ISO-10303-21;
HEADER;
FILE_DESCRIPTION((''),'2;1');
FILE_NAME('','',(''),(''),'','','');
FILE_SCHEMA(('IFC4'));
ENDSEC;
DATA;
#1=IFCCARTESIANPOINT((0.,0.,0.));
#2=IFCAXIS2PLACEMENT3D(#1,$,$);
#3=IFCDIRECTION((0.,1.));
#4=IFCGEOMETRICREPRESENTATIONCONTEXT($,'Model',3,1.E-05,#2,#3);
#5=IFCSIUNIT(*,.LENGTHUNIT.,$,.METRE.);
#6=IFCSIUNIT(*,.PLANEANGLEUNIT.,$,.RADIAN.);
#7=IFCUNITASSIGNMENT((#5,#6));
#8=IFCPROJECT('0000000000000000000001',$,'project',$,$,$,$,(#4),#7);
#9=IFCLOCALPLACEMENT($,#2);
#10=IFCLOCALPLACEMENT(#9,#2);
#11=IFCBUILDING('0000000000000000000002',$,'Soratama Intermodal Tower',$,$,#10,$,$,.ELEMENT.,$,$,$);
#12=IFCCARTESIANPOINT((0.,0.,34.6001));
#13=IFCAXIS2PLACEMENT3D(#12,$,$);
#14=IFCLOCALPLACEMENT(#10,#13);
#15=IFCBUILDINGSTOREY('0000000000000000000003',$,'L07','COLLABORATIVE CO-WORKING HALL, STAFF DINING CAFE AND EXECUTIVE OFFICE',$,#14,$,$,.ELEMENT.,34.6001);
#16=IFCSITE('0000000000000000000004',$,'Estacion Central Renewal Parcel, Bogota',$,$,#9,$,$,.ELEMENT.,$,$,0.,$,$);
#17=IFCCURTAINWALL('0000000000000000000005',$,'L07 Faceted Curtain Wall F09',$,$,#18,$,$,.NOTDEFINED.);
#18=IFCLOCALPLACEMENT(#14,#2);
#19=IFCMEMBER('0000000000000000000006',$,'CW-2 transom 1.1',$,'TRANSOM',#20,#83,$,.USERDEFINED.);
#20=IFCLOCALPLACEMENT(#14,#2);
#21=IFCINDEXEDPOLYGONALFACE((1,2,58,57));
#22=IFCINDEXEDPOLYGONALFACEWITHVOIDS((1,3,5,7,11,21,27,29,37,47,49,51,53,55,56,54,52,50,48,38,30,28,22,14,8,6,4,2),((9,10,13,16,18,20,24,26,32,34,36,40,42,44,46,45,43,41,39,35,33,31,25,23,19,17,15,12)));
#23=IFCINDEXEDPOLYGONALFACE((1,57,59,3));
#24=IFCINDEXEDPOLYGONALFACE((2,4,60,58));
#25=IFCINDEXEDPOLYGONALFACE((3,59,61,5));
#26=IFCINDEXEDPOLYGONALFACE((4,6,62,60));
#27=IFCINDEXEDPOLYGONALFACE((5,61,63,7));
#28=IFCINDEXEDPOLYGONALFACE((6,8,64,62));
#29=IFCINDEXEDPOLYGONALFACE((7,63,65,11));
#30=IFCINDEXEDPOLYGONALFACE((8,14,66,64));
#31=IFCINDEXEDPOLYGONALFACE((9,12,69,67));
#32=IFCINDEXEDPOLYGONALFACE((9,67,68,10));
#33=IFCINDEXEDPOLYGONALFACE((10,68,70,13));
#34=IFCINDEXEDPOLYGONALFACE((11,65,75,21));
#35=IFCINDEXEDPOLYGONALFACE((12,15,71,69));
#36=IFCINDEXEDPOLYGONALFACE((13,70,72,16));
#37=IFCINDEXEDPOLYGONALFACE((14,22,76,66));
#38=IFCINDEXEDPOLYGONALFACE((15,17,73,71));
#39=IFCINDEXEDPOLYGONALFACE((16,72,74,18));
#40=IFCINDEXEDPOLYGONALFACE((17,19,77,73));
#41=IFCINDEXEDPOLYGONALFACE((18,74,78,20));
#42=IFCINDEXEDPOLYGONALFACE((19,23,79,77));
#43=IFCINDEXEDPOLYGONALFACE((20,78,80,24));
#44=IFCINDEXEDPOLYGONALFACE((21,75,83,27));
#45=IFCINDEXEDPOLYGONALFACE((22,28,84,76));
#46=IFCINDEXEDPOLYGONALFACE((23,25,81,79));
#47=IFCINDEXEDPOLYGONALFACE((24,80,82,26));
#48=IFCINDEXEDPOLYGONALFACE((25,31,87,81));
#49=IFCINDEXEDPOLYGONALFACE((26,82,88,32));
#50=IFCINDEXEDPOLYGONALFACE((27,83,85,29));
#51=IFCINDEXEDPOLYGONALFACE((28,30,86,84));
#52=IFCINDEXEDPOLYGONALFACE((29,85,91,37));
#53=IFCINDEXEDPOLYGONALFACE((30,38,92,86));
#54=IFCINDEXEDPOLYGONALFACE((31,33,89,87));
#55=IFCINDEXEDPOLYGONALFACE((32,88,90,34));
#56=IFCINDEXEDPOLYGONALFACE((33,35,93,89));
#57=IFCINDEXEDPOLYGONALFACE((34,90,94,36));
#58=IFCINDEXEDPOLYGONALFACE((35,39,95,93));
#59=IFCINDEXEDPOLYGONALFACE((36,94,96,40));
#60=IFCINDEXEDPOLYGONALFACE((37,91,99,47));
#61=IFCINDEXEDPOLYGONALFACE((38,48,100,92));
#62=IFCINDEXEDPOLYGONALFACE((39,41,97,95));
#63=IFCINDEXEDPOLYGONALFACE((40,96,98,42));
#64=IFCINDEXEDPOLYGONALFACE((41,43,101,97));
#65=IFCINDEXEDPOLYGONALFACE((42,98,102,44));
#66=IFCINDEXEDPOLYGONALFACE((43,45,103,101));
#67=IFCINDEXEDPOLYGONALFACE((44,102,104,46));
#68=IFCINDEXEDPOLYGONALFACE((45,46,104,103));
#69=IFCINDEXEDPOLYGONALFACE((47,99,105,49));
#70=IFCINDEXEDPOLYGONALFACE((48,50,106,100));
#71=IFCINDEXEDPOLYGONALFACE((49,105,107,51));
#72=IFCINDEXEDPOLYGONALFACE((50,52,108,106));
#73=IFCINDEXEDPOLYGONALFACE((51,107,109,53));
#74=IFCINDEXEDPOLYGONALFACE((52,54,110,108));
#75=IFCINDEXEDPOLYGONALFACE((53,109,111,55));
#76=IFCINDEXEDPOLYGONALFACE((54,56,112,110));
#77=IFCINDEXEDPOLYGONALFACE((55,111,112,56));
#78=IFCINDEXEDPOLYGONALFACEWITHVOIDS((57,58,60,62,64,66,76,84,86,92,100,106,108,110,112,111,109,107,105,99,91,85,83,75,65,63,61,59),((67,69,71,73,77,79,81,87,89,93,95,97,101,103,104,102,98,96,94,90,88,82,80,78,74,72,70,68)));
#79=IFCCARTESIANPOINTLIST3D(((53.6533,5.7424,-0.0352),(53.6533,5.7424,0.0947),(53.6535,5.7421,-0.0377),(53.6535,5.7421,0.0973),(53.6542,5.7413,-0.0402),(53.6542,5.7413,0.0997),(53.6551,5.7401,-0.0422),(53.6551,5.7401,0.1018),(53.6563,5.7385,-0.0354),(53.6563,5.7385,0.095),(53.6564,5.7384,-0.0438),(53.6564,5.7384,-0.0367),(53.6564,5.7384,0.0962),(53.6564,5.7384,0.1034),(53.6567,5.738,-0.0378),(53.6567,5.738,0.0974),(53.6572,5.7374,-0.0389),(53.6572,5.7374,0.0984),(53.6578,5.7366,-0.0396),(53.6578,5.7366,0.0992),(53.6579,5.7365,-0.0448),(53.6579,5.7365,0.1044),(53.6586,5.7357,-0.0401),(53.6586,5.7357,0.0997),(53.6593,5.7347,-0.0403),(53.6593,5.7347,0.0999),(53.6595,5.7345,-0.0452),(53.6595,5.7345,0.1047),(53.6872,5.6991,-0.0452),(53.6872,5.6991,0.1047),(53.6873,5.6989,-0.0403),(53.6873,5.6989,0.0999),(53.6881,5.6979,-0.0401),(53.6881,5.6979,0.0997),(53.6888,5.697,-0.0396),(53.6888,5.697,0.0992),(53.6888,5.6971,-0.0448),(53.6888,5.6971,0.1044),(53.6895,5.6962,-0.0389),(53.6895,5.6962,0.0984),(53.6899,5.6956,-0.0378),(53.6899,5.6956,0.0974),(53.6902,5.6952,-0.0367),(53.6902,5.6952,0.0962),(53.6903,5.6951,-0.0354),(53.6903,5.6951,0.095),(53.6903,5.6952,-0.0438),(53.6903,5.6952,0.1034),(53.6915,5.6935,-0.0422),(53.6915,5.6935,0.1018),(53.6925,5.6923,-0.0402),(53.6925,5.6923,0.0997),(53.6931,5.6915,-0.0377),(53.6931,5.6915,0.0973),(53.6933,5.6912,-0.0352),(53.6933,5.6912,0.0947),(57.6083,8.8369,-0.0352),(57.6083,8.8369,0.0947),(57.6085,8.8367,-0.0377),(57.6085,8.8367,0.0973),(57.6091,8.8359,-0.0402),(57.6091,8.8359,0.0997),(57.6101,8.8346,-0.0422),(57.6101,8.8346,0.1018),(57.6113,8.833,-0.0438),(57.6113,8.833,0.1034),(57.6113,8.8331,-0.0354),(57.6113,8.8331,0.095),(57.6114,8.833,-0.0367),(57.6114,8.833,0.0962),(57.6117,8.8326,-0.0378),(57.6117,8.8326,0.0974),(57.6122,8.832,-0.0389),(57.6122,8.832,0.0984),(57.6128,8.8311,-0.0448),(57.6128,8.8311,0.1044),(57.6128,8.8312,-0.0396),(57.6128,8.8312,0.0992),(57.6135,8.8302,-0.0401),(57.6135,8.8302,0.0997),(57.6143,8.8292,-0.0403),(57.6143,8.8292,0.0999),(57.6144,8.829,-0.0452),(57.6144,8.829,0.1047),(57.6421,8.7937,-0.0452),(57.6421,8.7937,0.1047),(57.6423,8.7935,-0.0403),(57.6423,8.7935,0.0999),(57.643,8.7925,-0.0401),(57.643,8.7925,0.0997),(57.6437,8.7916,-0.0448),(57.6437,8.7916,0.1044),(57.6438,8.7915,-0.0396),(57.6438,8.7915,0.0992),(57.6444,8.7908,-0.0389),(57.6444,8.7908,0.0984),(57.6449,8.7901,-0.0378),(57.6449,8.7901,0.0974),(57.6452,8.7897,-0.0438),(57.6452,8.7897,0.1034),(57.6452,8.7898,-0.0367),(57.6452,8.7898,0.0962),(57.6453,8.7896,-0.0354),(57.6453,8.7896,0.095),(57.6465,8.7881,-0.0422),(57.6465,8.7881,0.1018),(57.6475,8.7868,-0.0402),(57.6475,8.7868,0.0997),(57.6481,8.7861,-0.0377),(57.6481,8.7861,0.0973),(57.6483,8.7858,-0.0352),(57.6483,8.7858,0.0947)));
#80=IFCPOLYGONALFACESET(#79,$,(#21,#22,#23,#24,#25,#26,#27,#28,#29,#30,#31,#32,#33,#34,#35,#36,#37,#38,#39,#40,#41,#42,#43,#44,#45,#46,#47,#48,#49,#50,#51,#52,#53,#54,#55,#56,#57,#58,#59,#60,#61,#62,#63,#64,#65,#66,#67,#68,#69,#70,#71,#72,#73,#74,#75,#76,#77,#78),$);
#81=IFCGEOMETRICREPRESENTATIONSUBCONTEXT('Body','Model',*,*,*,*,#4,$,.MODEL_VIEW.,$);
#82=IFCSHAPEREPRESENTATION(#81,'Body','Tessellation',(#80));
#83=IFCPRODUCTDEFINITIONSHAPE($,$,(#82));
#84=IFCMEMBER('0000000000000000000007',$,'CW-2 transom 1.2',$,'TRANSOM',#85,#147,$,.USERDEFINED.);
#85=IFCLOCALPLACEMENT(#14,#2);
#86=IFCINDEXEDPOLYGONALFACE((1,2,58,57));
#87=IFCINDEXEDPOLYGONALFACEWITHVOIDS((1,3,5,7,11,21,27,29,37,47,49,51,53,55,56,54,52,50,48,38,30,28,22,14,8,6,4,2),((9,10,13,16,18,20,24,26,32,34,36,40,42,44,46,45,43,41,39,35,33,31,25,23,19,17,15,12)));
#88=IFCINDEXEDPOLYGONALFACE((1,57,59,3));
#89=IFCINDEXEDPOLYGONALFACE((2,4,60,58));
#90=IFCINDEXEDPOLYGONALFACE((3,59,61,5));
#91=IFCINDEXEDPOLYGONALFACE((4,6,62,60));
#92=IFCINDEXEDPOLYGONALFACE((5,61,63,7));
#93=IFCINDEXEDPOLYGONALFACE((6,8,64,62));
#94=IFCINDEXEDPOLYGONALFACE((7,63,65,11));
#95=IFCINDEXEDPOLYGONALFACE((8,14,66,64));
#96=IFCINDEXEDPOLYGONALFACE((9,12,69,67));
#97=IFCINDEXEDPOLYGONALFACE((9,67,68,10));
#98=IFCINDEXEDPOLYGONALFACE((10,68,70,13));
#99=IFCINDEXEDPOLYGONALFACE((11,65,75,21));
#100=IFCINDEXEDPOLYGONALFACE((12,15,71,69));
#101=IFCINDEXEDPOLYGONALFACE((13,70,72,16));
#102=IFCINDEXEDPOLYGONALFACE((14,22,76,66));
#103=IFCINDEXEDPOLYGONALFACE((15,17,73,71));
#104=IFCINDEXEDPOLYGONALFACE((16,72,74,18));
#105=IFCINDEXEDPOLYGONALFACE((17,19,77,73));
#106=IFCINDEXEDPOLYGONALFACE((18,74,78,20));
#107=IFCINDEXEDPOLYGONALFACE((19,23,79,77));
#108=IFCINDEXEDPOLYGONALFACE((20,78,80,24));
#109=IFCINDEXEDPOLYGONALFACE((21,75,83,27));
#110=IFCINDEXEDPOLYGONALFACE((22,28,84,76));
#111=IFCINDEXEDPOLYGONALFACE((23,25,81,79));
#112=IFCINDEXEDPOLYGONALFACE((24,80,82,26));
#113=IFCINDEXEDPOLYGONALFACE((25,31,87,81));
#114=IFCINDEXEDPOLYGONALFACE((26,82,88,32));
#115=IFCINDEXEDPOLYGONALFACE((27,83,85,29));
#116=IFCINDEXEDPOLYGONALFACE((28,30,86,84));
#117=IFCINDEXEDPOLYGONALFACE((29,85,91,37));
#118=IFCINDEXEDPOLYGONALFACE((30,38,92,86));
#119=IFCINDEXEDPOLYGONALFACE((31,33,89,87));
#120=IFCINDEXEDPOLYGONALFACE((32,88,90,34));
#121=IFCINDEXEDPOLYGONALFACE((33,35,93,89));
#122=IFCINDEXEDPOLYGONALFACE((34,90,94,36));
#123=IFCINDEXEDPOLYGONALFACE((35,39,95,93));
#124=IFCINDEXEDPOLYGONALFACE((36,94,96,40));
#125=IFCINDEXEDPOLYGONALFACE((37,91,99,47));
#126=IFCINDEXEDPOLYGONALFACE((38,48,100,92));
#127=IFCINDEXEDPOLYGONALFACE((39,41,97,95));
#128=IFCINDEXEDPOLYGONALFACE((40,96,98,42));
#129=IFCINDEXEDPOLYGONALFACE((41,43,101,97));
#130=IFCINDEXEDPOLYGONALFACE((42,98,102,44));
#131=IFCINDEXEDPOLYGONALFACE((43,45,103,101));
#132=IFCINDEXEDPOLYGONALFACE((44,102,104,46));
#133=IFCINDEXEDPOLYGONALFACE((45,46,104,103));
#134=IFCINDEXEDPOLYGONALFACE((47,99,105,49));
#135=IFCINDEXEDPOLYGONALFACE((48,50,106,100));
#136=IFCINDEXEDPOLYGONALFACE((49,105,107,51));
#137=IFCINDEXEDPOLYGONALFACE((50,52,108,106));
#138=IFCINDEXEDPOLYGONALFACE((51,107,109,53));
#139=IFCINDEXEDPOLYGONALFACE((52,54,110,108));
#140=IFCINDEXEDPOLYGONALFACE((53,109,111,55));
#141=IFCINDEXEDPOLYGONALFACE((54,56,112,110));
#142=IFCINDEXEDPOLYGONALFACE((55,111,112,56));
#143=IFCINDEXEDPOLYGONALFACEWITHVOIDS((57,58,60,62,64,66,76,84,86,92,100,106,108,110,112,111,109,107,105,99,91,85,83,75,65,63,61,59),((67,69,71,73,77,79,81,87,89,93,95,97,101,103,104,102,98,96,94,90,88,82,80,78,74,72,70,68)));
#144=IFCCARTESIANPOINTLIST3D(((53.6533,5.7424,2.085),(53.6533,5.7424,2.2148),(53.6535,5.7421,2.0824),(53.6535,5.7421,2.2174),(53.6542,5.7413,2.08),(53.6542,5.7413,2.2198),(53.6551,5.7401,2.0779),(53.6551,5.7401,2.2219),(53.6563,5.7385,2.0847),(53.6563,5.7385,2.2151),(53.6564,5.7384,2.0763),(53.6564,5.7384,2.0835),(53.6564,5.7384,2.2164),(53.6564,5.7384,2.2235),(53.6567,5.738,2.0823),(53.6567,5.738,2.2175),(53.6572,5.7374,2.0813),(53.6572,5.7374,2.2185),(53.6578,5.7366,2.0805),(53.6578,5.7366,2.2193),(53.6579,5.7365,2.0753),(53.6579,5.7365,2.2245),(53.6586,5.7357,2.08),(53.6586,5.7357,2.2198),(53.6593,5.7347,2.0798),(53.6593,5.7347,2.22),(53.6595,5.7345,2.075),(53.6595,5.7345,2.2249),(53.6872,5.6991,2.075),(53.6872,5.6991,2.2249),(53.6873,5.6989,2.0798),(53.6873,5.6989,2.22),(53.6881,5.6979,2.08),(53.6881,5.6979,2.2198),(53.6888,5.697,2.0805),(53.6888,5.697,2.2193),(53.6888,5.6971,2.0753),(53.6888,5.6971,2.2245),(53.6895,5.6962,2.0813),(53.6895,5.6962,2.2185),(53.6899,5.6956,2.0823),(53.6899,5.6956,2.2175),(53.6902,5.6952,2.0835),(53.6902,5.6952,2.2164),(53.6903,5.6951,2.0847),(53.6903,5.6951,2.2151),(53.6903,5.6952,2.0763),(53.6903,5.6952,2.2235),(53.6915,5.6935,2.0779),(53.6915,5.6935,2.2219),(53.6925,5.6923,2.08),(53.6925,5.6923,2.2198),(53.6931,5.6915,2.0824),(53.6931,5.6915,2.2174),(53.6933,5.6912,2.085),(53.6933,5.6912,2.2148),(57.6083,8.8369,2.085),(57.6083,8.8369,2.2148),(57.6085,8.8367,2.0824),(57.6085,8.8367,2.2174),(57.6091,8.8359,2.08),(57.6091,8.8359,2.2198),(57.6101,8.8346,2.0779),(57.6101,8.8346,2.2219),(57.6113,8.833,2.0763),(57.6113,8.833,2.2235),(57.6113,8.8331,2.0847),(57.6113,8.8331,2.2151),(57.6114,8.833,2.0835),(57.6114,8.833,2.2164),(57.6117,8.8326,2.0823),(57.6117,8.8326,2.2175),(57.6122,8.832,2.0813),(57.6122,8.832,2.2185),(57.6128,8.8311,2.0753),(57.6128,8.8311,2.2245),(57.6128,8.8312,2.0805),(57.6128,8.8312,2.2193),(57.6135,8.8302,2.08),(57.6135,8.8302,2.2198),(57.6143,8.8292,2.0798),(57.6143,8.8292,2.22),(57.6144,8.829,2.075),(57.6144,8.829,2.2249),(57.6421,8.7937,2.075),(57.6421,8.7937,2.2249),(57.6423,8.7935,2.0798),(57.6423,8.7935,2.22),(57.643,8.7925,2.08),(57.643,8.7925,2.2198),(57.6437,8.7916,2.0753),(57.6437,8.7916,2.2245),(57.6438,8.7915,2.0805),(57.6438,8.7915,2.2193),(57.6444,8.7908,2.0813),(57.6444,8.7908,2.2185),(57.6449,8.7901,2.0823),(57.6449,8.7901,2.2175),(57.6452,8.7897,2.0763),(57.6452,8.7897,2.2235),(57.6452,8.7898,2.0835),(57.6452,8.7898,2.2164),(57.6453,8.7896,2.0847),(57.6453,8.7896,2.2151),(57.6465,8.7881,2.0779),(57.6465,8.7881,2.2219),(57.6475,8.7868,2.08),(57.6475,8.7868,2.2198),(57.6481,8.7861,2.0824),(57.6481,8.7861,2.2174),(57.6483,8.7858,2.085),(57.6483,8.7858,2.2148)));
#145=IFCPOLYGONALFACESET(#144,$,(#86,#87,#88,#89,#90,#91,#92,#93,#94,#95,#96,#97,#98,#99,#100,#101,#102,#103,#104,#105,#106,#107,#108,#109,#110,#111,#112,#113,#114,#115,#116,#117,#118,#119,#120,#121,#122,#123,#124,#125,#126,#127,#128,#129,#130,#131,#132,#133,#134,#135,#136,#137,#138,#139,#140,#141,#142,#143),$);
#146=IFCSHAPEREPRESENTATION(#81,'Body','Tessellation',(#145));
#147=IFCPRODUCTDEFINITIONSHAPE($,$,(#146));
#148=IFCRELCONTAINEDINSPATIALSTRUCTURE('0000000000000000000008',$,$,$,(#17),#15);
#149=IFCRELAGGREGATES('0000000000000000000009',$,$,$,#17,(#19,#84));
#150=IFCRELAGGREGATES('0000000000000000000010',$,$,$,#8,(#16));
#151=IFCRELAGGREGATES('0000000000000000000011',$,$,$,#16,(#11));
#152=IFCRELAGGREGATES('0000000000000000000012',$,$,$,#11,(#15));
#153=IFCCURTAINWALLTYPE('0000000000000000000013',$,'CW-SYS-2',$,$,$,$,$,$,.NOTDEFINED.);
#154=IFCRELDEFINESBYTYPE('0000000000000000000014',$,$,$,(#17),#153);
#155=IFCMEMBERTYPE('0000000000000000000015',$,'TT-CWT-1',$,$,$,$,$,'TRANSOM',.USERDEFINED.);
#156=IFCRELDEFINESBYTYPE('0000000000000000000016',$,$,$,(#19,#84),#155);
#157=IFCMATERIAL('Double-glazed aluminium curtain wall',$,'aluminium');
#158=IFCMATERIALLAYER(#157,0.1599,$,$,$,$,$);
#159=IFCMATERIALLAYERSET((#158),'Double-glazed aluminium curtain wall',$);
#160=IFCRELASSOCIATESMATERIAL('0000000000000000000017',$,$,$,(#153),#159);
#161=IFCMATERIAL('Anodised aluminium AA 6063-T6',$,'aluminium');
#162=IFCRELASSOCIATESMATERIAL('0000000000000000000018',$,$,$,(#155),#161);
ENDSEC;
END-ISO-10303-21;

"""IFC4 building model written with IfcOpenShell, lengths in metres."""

from ifc_helpers import new_model, si_unit, direction, frame, origin, origin_2d, place, context, subcontext, project, spatial, hollow_rectangle, extrude, material, layer, layer_set, material_profile, profile_set, type_object, element, aggregate, save


model = new_model("IFC4")

# Units and contexts
model_context = context("Model", 3, precision=1e-05, world=origin(), true_north=direction((0.0, 1.0)))
body_context = subcontext(model_context, "Body", "Model", "MODEL_VIEW")
ifc_project = project(units=[si_unit("LENGTHUNIT", "METRE"), si_unit("PLANEANGLEUNIT", "RADIAN")], contexts=[model_context])

# Site, building, storey
site_placement = place(None, origin())
site = spatial("IfcSite", under=ifc_project, at=site_placement, Name="Estacion Central Renewal Parcel, Bogota", CompositionType="ELEMENT", RefElevation=0.0)
building_placement = place(site_placement, origin())
building = spatial("IfcBuilding", under=site, at=building_placement, Name="Soratama Intermodal Tower", CompositionType="ELEMENT")
storey_placement = place(building_placement, frame((0.0, 0.0, 34.6001)))
storey = spatial("IfcBuildingStorey", under=building, at=storey_placement, Name="L07", Description="COLLABORATIVE CO-WORKING HALL, STAFF DINING CAFE AND EXECUTIVE OFFICE", CompositionType="ELEMENT", Elevation=34.6001)

# Curtain wall, members
ifc_material_1 = material(Name="Double-glazed aluminium curtain wall", Category="aluminium")
ifc_layer_1 = layer(ifc_material_1, 0.1599)
ifc_layer_set_1 = layer_set([ifc_layer_1], Name="Double-glazed aluminium curtain wall")
curtain_wall_type = type_object("IfcCurtainWallType", Name="CW-SYS-2", PredefinedType="NOTDEFINED", material=ifc_layer_set_1)
curtain_wall_placement = place(storey_placement, origin())
curtain_wall = element("IfcCurtainWall", 1, at=curtain_wall_placement, inside=storey, type_object=curtain_wall_type, Name="L07 Faceted Curtain Wall F09", PredefinedType="NOTDEFINED")
ifc_material_2 = material(Name="Anodised aluminium AA 6063-T6", Category="aluminium")
ifc_material_profile_1 = material_profile(ifc_material_2, hollow_rectangle(XDim=0.0649, YDim=0.1499, WallThickness=0.0049, InnerFilletRadius=0.0049, OuterFilletRadius=0.01, at=origin_2d()), Name="CWT150X65X5")
ifc_profile_set_1 = profile_set([ifc_material_profile_1], Name="Anodised aluminium AA 6063-T6")
member_type_1 = type_object("IfcMemberType", Name="TT-CWT-1", ElementType="TRANSOM", PredefinedType="USERDEFINED", material=ifc_profile_set_1)
member_1_placement = place(storey_placement, frame((53.6733, 5.7168, 0.0298), z_axis=(0.787563, 0.616234, 0.0), x_axis=(-0.616234, 0.787563, 0.0)))
member_1 = element("IfcMember", 2, at=member_1_placement, type_object=member_type_1, Name="CW-2 transom 1.1", ObjectType="TRANSOM", PredefinedType="USERDEFINED", context=body_context, shape_type="SweptSolid", body=[
    extrude(hollow_rectangle(XDim=0.0649, YDim=0.1499, WallThickness=0.0049, InnerFilletRadius=0.0049, OuterFilletRadius=0.01, at=origin_2d()), origin(), (0.0, 0.0, 1.0), 5.0217),
])
member_2_placement = place(storey_placement, frame((53.6733, 5.7168, 2.1499), z_axis=(0.787563, 0.616234, 0.0), x_axis=(-0.616234, 0.787563, 0.0)))
member_2 = element("IfcMember", 3, at=member_2_placement, type_object=member_type_1, Name="CW-2 transom 1.2", ObjectType="TRANSOM", PredefinedType="USERDEFINED", context=body_context, shape_type="SweptSolid", body=[
    extrude(hollow_rectangle(XDim=0.0649, YDim=0.1499, WallThickness=0.0049, InnerFilletRadius=0.0049, OuterFilletRadius=0.01, at=origin_2d()), origin(), (0.0, 0.0, 1.0), 5.0217),
])
aggregate(curtain_wall, [member_1, member_2])

save(model, "model.ifc")
